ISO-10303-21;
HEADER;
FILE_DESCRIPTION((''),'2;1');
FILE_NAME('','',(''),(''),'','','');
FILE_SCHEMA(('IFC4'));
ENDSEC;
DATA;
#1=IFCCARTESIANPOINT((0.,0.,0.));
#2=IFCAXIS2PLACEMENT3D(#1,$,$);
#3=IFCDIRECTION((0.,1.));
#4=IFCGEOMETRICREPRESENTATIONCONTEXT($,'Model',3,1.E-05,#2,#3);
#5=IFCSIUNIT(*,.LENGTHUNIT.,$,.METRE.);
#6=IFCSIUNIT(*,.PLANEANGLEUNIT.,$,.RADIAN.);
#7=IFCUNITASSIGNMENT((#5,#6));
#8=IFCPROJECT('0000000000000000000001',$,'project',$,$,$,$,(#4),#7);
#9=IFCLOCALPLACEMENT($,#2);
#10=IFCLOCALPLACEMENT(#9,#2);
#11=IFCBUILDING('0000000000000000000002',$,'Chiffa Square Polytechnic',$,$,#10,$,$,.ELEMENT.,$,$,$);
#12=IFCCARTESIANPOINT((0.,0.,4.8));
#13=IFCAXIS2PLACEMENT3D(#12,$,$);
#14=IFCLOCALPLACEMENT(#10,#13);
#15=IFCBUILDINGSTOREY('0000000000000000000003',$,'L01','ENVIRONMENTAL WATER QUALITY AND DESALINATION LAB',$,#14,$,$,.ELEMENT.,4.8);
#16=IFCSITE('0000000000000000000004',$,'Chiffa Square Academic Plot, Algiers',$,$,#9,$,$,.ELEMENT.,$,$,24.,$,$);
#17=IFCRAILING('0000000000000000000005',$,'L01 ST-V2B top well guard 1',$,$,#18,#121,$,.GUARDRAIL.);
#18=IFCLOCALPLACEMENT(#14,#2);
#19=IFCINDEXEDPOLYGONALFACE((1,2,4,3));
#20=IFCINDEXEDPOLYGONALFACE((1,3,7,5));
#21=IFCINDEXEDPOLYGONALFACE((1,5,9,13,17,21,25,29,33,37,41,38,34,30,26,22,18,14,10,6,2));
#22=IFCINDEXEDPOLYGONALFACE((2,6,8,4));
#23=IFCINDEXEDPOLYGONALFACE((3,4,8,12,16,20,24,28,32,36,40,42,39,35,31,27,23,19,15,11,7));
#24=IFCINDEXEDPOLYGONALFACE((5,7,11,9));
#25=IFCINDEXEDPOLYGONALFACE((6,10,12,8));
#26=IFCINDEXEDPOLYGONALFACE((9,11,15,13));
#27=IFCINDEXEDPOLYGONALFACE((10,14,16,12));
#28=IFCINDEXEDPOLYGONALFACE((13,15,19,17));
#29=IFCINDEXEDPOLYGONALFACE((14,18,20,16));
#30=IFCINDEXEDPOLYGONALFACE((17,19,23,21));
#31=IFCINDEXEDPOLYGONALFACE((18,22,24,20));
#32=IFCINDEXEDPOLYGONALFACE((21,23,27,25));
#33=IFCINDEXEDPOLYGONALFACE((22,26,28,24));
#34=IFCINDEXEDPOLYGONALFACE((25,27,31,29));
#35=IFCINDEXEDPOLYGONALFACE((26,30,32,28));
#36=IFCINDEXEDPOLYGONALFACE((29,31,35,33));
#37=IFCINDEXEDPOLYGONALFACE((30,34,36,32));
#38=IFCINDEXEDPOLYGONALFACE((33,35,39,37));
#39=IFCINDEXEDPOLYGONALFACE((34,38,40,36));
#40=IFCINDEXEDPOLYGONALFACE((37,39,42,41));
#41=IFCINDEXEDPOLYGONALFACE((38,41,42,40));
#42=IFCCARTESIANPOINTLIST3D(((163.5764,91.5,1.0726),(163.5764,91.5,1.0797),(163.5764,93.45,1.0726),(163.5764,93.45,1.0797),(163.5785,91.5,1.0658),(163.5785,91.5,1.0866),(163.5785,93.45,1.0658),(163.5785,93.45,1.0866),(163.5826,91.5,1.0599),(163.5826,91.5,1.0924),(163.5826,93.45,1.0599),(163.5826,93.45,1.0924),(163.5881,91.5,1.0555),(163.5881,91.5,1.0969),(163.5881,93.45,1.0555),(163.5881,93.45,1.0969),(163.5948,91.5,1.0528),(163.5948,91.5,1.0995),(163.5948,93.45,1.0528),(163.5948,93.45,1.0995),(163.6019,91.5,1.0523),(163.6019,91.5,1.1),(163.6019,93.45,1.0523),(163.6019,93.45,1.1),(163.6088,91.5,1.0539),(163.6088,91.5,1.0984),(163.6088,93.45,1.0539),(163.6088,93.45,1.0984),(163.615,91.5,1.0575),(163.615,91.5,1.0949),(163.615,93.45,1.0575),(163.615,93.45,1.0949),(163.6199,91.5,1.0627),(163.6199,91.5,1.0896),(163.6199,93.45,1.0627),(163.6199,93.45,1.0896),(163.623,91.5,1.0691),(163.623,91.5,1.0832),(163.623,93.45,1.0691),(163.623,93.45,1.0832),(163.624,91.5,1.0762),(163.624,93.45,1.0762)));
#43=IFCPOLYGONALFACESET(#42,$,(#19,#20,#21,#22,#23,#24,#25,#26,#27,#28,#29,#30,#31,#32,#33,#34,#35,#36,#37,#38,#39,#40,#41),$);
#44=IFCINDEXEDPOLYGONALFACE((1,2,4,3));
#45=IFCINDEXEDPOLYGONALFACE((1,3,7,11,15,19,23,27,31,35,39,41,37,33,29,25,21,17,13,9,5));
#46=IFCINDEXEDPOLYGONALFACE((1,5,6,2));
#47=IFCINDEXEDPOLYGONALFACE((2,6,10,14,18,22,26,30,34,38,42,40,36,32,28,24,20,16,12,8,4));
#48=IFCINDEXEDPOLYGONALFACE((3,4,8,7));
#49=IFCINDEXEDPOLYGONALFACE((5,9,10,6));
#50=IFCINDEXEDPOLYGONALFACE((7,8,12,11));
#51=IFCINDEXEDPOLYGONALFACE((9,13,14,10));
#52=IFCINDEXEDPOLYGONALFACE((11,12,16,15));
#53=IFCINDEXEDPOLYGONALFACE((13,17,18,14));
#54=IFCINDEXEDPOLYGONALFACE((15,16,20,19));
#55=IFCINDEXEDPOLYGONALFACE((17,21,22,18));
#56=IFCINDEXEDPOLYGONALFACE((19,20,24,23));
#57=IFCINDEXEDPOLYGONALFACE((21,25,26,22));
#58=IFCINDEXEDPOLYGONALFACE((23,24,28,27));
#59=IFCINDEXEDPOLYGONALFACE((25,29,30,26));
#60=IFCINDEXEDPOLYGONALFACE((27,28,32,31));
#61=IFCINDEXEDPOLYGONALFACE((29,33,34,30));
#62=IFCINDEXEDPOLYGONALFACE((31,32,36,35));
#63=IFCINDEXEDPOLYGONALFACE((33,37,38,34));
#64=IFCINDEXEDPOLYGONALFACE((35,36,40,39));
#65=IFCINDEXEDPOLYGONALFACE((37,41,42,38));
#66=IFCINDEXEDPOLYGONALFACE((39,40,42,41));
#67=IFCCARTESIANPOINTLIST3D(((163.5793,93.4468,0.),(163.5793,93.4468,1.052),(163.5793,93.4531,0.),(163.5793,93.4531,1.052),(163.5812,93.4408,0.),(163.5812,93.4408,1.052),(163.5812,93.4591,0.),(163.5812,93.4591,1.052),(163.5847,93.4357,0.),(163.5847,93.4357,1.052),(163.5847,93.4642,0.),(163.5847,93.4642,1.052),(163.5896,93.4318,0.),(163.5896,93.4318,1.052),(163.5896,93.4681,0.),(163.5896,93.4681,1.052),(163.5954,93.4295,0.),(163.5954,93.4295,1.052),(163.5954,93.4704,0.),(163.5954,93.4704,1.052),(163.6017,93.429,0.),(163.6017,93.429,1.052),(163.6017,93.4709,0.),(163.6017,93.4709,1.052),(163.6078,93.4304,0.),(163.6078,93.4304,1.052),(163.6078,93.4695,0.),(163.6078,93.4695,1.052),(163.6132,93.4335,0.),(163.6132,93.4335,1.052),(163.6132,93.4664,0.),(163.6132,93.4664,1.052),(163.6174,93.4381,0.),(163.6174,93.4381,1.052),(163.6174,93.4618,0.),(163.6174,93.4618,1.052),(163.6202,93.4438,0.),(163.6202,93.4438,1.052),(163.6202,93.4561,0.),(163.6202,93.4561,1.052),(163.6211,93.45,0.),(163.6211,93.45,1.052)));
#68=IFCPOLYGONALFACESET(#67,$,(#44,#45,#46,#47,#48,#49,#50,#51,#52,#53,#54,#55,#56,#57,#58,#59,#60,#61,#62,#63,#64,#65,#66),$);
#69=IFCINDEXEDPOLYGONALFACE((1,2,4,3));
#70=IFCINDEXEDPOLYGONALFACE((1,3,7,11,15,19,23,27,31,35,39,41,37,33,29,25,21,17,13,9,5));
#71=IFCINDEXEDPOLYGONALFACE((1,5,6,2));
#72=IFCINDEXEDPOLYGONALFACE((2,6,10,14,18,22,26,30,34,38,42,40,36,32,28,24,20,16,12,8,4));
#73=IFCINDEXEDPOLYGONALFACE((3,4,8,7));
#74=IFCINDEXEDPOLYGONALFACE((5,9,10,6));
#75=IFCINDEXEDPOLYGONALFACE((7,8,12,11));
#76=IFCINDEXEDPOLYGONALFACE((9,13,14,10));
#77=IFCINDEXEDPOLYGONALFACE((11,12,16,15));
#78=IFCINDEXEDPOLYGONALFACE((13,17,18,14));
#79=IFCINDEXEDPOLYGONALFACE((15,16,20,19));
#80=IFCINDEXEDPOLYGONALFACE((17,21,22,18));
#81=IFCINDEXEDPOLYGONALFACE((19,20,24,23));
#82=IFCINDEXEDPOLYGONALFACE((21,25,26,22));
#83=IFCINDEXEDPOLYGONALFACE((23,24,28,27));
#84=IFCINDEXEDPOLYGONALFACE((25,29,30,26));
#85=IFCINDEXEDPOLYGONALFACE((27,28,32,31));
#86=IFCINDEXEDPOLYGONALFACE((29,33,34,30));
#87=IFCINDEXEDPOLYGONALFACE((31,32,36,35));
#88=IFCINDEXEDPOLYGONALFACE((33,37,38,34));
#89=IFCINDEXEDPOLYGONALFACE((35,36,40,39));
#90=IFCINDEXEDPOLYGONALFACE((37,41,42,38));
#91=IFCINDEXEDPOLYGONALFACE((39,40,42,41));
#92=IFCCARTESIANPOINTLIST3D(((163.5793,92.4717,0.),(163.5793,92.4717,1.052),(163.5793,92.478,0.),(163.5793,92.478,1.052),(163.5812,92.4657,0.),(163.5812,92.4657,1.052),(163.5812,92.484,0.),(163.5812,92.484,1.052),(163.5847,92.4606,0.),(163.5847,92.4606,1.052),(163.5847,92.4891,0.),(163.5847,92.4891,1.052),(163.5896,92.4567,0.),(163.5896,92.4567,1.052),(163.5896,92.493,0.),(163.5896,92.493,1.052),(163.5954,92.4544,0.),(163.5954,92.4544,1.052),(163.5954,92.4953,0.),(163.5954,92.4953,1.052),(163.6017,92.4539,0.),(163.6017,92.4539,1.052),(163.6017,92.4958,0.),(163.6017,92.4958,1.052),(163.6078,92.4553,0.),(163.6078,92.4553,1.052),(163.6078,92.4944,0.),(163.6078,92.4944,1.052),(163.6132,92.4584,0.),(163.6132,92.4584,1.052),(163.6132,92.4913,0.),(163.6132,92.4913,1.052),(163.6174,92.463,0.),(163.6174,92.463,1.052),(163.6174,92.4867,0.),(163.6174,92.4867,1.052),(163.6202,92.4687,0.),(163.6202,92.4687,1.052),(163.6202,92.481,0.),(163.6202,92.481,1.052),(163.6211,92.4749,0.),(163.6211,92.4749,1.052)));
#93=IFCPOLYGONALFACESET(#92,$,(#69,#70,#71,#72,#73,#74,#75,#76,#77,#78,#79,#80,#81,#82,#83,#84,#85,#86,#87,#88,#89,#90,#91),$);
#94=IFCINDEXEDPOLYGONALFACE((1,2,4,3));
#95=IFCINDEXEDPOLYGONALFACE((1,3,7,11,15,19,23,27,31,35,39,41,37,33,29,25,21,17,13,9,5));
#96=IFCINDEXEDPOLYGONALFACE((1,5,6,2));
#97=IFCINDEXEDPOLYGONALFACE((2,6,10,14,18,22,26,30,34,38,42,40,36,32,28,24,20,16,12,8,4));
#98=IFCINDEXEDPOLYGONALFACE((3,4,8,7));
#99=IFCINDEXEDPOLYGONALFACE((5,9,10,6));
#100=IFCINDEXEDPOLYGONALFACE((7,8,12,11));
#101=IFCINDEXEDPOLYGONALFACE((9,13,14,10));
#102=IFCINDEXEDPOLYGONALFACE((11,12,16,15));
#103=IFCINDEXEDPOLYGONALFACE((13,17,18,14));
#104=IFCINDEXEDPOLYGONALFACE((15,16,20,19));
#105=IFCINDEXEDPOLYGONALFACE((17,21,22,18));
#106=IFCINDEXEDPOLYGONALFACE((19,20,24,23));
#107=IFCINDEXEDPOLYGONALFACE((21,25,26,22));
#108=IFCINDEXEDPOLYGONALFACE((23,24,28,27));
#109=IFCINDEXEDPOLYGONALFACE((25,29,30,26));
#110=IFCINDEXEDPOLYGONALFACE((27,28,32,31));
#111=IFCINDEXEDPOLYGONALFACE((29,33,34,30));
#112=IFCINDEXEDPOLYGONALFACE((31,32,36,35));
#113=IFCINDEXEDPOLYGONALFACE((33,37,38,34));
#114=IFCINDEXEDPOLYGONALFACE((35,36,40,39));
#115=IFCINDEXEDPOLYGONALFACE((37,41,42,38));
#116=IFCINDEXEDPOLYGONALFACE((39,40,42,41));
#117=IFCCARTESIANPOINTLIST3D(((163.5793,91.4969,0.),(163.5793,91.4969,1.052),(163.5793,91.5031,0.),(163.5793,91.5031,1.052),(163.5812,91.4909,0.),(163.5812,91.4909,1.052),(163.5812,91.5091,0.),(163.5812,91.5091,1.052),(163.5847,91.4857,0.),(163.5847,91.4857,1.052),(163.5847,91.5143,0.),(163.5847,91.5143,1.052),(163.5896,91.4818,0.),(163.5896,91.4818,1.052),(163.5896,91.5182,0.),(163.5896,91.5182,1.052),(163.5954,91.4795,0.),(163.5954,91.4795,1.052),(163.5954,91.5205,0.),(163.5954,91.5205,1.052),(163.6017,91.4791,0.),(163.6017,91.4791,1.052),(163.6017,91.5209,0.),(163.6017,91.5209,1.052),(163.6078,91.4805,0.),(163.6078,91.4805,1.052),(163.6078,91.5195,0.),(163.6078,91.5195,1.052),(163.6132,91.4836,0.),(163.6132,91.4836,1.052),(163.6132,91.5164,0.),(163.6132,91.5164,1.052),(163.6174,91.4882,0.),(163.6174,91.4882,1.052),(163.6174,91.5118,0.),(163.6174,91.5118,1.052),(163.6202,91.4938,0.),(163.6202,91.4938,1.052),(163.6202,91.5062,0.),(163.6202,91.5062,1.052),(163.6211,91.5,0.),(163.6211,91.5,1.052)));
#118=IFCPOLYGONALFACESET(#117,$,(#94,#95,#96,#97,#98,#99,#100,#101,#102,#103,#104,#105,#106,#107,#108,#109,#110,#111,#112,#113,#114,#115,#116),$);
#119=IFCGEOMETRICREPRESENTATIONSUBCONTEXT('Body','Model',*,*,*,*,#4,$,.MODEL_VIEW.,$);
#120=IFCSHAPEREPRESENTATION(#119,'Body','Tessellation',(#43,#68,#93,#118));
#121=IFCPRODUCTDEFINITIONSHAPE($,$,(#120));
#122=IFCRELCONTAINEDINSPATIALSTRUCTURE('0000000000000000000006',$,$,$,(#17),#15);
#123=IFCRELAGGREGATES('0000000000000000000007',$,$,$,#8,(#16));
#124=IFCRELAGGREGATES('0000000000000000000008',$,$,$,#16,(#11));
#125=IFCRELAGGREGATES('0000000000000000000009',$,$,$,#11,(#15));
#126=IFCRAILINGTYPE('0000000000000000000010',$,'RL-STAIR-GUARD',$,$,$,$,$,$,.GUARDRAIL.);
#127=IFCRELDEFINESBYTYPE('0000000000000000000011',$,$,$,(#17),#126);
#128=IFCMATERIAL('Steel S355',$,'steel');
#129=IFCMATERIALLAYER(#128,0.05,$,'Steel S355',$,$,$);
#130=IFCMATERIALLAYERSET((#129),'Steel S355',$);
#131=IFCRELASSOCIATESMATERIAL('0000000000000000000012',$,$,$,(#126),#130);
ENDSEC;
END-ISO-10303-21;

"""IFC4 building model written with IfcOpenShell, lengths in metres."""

from ifc_helpers import new_model, si_unit, direction, frame, origin, origin_2d, place, context, subcontext, project, spatial, circle, extrude, material, layer, layer_set, type_object, element, save


model = new_model("IFC4")

# Units and contexts
model_context = context("Model", 3, precision=1e-05, world=origin(), true_north=direction((0.0, 1.0)))
body_context = subcontext(model_context, "Body", "Model", "MODEL_VIEW")
ifc_project = project(units=[si_unit("LENGTHUNIT", "METRE"), si_unit("PLANEANGLEUNIT", "RADIAN")], contexts=[model_context])

# Site, building, storey
site_placement = place(None, origin())
site = spatial("IfcSite", under=ifc_project, at=site_placement, Name="Chiffa Square Academic Plot, Algiers", CompositionType="ELEMENT", RefElevation=24.0)
building_placement = place(site_placement, origin())
building = spatial("IfcBuilding", under=site, at=building_placement, Name="Chiffa Square Polytechnic", CompositionType="ELEMENT")
storey_placement = place(building_placement, frame((0.0, 0.0, 4.8)))
storey = spatial("IfcBuildingStorey", under=building, at=storey_placement, Name="L01", Description="ENVIRONMENTAL WATER QUALITY AND DESALINATION LAB", CompositionType="ELEMENT", Elevation=4.8)

# Shared definitions
ifc_material_1 = material(Name="Steel S355", Category="steel")

# Railing
ifc_layer_1 = layer(ifc_material_1, 0.05, Name="Steel S355")
ifc_layer_set_1 = layer_set([ifc_layer_1], Name="Steel S355")
railing_type = type_object("IfcRailingType", Name="RL-STAIR-GUARD", PredefinedType="GUARDRAIL", material=ifc_layer_set_1)
railing_placement = place(storey_placement, frame((163.6001, 93.45, 0.0)))
element("IfcRailing", 1, at=railing_placement, inside=storey, type_object=railing_type, Name="L01 ST-V2B top well guard 1", PredefinedType="GUARDRAIL", context=body_context, shape_type="SweptSolid", body=[
    extrude(circle(Radius=0.0239, at=origin_2d()), frame((0.0, 0.0, 1.0762), z_axis=(0.0, -1.0, 0.0), x_axis=(1.0, 0.0, 0.0)), (0.0, 0.0, 1.0), 1.95),
    extrude(circle(Radius=0.021, at=origin_2d()), origin(), (0.0, 0.0, 1.0), 1.052),
    extrude(circle(Radius=0.021, at=origin_2d()), frame((0.0, -0.9751, 0.0)), (0.0, 0.0, 1.0), 1.052),
    extrude(circle(Radius=0.021, at=origin_2d()), frame((0.0, -1.95, 0.0)), (0.0, 0.0, 1.0), 1.052),
])

save(model, "model.ifc")
